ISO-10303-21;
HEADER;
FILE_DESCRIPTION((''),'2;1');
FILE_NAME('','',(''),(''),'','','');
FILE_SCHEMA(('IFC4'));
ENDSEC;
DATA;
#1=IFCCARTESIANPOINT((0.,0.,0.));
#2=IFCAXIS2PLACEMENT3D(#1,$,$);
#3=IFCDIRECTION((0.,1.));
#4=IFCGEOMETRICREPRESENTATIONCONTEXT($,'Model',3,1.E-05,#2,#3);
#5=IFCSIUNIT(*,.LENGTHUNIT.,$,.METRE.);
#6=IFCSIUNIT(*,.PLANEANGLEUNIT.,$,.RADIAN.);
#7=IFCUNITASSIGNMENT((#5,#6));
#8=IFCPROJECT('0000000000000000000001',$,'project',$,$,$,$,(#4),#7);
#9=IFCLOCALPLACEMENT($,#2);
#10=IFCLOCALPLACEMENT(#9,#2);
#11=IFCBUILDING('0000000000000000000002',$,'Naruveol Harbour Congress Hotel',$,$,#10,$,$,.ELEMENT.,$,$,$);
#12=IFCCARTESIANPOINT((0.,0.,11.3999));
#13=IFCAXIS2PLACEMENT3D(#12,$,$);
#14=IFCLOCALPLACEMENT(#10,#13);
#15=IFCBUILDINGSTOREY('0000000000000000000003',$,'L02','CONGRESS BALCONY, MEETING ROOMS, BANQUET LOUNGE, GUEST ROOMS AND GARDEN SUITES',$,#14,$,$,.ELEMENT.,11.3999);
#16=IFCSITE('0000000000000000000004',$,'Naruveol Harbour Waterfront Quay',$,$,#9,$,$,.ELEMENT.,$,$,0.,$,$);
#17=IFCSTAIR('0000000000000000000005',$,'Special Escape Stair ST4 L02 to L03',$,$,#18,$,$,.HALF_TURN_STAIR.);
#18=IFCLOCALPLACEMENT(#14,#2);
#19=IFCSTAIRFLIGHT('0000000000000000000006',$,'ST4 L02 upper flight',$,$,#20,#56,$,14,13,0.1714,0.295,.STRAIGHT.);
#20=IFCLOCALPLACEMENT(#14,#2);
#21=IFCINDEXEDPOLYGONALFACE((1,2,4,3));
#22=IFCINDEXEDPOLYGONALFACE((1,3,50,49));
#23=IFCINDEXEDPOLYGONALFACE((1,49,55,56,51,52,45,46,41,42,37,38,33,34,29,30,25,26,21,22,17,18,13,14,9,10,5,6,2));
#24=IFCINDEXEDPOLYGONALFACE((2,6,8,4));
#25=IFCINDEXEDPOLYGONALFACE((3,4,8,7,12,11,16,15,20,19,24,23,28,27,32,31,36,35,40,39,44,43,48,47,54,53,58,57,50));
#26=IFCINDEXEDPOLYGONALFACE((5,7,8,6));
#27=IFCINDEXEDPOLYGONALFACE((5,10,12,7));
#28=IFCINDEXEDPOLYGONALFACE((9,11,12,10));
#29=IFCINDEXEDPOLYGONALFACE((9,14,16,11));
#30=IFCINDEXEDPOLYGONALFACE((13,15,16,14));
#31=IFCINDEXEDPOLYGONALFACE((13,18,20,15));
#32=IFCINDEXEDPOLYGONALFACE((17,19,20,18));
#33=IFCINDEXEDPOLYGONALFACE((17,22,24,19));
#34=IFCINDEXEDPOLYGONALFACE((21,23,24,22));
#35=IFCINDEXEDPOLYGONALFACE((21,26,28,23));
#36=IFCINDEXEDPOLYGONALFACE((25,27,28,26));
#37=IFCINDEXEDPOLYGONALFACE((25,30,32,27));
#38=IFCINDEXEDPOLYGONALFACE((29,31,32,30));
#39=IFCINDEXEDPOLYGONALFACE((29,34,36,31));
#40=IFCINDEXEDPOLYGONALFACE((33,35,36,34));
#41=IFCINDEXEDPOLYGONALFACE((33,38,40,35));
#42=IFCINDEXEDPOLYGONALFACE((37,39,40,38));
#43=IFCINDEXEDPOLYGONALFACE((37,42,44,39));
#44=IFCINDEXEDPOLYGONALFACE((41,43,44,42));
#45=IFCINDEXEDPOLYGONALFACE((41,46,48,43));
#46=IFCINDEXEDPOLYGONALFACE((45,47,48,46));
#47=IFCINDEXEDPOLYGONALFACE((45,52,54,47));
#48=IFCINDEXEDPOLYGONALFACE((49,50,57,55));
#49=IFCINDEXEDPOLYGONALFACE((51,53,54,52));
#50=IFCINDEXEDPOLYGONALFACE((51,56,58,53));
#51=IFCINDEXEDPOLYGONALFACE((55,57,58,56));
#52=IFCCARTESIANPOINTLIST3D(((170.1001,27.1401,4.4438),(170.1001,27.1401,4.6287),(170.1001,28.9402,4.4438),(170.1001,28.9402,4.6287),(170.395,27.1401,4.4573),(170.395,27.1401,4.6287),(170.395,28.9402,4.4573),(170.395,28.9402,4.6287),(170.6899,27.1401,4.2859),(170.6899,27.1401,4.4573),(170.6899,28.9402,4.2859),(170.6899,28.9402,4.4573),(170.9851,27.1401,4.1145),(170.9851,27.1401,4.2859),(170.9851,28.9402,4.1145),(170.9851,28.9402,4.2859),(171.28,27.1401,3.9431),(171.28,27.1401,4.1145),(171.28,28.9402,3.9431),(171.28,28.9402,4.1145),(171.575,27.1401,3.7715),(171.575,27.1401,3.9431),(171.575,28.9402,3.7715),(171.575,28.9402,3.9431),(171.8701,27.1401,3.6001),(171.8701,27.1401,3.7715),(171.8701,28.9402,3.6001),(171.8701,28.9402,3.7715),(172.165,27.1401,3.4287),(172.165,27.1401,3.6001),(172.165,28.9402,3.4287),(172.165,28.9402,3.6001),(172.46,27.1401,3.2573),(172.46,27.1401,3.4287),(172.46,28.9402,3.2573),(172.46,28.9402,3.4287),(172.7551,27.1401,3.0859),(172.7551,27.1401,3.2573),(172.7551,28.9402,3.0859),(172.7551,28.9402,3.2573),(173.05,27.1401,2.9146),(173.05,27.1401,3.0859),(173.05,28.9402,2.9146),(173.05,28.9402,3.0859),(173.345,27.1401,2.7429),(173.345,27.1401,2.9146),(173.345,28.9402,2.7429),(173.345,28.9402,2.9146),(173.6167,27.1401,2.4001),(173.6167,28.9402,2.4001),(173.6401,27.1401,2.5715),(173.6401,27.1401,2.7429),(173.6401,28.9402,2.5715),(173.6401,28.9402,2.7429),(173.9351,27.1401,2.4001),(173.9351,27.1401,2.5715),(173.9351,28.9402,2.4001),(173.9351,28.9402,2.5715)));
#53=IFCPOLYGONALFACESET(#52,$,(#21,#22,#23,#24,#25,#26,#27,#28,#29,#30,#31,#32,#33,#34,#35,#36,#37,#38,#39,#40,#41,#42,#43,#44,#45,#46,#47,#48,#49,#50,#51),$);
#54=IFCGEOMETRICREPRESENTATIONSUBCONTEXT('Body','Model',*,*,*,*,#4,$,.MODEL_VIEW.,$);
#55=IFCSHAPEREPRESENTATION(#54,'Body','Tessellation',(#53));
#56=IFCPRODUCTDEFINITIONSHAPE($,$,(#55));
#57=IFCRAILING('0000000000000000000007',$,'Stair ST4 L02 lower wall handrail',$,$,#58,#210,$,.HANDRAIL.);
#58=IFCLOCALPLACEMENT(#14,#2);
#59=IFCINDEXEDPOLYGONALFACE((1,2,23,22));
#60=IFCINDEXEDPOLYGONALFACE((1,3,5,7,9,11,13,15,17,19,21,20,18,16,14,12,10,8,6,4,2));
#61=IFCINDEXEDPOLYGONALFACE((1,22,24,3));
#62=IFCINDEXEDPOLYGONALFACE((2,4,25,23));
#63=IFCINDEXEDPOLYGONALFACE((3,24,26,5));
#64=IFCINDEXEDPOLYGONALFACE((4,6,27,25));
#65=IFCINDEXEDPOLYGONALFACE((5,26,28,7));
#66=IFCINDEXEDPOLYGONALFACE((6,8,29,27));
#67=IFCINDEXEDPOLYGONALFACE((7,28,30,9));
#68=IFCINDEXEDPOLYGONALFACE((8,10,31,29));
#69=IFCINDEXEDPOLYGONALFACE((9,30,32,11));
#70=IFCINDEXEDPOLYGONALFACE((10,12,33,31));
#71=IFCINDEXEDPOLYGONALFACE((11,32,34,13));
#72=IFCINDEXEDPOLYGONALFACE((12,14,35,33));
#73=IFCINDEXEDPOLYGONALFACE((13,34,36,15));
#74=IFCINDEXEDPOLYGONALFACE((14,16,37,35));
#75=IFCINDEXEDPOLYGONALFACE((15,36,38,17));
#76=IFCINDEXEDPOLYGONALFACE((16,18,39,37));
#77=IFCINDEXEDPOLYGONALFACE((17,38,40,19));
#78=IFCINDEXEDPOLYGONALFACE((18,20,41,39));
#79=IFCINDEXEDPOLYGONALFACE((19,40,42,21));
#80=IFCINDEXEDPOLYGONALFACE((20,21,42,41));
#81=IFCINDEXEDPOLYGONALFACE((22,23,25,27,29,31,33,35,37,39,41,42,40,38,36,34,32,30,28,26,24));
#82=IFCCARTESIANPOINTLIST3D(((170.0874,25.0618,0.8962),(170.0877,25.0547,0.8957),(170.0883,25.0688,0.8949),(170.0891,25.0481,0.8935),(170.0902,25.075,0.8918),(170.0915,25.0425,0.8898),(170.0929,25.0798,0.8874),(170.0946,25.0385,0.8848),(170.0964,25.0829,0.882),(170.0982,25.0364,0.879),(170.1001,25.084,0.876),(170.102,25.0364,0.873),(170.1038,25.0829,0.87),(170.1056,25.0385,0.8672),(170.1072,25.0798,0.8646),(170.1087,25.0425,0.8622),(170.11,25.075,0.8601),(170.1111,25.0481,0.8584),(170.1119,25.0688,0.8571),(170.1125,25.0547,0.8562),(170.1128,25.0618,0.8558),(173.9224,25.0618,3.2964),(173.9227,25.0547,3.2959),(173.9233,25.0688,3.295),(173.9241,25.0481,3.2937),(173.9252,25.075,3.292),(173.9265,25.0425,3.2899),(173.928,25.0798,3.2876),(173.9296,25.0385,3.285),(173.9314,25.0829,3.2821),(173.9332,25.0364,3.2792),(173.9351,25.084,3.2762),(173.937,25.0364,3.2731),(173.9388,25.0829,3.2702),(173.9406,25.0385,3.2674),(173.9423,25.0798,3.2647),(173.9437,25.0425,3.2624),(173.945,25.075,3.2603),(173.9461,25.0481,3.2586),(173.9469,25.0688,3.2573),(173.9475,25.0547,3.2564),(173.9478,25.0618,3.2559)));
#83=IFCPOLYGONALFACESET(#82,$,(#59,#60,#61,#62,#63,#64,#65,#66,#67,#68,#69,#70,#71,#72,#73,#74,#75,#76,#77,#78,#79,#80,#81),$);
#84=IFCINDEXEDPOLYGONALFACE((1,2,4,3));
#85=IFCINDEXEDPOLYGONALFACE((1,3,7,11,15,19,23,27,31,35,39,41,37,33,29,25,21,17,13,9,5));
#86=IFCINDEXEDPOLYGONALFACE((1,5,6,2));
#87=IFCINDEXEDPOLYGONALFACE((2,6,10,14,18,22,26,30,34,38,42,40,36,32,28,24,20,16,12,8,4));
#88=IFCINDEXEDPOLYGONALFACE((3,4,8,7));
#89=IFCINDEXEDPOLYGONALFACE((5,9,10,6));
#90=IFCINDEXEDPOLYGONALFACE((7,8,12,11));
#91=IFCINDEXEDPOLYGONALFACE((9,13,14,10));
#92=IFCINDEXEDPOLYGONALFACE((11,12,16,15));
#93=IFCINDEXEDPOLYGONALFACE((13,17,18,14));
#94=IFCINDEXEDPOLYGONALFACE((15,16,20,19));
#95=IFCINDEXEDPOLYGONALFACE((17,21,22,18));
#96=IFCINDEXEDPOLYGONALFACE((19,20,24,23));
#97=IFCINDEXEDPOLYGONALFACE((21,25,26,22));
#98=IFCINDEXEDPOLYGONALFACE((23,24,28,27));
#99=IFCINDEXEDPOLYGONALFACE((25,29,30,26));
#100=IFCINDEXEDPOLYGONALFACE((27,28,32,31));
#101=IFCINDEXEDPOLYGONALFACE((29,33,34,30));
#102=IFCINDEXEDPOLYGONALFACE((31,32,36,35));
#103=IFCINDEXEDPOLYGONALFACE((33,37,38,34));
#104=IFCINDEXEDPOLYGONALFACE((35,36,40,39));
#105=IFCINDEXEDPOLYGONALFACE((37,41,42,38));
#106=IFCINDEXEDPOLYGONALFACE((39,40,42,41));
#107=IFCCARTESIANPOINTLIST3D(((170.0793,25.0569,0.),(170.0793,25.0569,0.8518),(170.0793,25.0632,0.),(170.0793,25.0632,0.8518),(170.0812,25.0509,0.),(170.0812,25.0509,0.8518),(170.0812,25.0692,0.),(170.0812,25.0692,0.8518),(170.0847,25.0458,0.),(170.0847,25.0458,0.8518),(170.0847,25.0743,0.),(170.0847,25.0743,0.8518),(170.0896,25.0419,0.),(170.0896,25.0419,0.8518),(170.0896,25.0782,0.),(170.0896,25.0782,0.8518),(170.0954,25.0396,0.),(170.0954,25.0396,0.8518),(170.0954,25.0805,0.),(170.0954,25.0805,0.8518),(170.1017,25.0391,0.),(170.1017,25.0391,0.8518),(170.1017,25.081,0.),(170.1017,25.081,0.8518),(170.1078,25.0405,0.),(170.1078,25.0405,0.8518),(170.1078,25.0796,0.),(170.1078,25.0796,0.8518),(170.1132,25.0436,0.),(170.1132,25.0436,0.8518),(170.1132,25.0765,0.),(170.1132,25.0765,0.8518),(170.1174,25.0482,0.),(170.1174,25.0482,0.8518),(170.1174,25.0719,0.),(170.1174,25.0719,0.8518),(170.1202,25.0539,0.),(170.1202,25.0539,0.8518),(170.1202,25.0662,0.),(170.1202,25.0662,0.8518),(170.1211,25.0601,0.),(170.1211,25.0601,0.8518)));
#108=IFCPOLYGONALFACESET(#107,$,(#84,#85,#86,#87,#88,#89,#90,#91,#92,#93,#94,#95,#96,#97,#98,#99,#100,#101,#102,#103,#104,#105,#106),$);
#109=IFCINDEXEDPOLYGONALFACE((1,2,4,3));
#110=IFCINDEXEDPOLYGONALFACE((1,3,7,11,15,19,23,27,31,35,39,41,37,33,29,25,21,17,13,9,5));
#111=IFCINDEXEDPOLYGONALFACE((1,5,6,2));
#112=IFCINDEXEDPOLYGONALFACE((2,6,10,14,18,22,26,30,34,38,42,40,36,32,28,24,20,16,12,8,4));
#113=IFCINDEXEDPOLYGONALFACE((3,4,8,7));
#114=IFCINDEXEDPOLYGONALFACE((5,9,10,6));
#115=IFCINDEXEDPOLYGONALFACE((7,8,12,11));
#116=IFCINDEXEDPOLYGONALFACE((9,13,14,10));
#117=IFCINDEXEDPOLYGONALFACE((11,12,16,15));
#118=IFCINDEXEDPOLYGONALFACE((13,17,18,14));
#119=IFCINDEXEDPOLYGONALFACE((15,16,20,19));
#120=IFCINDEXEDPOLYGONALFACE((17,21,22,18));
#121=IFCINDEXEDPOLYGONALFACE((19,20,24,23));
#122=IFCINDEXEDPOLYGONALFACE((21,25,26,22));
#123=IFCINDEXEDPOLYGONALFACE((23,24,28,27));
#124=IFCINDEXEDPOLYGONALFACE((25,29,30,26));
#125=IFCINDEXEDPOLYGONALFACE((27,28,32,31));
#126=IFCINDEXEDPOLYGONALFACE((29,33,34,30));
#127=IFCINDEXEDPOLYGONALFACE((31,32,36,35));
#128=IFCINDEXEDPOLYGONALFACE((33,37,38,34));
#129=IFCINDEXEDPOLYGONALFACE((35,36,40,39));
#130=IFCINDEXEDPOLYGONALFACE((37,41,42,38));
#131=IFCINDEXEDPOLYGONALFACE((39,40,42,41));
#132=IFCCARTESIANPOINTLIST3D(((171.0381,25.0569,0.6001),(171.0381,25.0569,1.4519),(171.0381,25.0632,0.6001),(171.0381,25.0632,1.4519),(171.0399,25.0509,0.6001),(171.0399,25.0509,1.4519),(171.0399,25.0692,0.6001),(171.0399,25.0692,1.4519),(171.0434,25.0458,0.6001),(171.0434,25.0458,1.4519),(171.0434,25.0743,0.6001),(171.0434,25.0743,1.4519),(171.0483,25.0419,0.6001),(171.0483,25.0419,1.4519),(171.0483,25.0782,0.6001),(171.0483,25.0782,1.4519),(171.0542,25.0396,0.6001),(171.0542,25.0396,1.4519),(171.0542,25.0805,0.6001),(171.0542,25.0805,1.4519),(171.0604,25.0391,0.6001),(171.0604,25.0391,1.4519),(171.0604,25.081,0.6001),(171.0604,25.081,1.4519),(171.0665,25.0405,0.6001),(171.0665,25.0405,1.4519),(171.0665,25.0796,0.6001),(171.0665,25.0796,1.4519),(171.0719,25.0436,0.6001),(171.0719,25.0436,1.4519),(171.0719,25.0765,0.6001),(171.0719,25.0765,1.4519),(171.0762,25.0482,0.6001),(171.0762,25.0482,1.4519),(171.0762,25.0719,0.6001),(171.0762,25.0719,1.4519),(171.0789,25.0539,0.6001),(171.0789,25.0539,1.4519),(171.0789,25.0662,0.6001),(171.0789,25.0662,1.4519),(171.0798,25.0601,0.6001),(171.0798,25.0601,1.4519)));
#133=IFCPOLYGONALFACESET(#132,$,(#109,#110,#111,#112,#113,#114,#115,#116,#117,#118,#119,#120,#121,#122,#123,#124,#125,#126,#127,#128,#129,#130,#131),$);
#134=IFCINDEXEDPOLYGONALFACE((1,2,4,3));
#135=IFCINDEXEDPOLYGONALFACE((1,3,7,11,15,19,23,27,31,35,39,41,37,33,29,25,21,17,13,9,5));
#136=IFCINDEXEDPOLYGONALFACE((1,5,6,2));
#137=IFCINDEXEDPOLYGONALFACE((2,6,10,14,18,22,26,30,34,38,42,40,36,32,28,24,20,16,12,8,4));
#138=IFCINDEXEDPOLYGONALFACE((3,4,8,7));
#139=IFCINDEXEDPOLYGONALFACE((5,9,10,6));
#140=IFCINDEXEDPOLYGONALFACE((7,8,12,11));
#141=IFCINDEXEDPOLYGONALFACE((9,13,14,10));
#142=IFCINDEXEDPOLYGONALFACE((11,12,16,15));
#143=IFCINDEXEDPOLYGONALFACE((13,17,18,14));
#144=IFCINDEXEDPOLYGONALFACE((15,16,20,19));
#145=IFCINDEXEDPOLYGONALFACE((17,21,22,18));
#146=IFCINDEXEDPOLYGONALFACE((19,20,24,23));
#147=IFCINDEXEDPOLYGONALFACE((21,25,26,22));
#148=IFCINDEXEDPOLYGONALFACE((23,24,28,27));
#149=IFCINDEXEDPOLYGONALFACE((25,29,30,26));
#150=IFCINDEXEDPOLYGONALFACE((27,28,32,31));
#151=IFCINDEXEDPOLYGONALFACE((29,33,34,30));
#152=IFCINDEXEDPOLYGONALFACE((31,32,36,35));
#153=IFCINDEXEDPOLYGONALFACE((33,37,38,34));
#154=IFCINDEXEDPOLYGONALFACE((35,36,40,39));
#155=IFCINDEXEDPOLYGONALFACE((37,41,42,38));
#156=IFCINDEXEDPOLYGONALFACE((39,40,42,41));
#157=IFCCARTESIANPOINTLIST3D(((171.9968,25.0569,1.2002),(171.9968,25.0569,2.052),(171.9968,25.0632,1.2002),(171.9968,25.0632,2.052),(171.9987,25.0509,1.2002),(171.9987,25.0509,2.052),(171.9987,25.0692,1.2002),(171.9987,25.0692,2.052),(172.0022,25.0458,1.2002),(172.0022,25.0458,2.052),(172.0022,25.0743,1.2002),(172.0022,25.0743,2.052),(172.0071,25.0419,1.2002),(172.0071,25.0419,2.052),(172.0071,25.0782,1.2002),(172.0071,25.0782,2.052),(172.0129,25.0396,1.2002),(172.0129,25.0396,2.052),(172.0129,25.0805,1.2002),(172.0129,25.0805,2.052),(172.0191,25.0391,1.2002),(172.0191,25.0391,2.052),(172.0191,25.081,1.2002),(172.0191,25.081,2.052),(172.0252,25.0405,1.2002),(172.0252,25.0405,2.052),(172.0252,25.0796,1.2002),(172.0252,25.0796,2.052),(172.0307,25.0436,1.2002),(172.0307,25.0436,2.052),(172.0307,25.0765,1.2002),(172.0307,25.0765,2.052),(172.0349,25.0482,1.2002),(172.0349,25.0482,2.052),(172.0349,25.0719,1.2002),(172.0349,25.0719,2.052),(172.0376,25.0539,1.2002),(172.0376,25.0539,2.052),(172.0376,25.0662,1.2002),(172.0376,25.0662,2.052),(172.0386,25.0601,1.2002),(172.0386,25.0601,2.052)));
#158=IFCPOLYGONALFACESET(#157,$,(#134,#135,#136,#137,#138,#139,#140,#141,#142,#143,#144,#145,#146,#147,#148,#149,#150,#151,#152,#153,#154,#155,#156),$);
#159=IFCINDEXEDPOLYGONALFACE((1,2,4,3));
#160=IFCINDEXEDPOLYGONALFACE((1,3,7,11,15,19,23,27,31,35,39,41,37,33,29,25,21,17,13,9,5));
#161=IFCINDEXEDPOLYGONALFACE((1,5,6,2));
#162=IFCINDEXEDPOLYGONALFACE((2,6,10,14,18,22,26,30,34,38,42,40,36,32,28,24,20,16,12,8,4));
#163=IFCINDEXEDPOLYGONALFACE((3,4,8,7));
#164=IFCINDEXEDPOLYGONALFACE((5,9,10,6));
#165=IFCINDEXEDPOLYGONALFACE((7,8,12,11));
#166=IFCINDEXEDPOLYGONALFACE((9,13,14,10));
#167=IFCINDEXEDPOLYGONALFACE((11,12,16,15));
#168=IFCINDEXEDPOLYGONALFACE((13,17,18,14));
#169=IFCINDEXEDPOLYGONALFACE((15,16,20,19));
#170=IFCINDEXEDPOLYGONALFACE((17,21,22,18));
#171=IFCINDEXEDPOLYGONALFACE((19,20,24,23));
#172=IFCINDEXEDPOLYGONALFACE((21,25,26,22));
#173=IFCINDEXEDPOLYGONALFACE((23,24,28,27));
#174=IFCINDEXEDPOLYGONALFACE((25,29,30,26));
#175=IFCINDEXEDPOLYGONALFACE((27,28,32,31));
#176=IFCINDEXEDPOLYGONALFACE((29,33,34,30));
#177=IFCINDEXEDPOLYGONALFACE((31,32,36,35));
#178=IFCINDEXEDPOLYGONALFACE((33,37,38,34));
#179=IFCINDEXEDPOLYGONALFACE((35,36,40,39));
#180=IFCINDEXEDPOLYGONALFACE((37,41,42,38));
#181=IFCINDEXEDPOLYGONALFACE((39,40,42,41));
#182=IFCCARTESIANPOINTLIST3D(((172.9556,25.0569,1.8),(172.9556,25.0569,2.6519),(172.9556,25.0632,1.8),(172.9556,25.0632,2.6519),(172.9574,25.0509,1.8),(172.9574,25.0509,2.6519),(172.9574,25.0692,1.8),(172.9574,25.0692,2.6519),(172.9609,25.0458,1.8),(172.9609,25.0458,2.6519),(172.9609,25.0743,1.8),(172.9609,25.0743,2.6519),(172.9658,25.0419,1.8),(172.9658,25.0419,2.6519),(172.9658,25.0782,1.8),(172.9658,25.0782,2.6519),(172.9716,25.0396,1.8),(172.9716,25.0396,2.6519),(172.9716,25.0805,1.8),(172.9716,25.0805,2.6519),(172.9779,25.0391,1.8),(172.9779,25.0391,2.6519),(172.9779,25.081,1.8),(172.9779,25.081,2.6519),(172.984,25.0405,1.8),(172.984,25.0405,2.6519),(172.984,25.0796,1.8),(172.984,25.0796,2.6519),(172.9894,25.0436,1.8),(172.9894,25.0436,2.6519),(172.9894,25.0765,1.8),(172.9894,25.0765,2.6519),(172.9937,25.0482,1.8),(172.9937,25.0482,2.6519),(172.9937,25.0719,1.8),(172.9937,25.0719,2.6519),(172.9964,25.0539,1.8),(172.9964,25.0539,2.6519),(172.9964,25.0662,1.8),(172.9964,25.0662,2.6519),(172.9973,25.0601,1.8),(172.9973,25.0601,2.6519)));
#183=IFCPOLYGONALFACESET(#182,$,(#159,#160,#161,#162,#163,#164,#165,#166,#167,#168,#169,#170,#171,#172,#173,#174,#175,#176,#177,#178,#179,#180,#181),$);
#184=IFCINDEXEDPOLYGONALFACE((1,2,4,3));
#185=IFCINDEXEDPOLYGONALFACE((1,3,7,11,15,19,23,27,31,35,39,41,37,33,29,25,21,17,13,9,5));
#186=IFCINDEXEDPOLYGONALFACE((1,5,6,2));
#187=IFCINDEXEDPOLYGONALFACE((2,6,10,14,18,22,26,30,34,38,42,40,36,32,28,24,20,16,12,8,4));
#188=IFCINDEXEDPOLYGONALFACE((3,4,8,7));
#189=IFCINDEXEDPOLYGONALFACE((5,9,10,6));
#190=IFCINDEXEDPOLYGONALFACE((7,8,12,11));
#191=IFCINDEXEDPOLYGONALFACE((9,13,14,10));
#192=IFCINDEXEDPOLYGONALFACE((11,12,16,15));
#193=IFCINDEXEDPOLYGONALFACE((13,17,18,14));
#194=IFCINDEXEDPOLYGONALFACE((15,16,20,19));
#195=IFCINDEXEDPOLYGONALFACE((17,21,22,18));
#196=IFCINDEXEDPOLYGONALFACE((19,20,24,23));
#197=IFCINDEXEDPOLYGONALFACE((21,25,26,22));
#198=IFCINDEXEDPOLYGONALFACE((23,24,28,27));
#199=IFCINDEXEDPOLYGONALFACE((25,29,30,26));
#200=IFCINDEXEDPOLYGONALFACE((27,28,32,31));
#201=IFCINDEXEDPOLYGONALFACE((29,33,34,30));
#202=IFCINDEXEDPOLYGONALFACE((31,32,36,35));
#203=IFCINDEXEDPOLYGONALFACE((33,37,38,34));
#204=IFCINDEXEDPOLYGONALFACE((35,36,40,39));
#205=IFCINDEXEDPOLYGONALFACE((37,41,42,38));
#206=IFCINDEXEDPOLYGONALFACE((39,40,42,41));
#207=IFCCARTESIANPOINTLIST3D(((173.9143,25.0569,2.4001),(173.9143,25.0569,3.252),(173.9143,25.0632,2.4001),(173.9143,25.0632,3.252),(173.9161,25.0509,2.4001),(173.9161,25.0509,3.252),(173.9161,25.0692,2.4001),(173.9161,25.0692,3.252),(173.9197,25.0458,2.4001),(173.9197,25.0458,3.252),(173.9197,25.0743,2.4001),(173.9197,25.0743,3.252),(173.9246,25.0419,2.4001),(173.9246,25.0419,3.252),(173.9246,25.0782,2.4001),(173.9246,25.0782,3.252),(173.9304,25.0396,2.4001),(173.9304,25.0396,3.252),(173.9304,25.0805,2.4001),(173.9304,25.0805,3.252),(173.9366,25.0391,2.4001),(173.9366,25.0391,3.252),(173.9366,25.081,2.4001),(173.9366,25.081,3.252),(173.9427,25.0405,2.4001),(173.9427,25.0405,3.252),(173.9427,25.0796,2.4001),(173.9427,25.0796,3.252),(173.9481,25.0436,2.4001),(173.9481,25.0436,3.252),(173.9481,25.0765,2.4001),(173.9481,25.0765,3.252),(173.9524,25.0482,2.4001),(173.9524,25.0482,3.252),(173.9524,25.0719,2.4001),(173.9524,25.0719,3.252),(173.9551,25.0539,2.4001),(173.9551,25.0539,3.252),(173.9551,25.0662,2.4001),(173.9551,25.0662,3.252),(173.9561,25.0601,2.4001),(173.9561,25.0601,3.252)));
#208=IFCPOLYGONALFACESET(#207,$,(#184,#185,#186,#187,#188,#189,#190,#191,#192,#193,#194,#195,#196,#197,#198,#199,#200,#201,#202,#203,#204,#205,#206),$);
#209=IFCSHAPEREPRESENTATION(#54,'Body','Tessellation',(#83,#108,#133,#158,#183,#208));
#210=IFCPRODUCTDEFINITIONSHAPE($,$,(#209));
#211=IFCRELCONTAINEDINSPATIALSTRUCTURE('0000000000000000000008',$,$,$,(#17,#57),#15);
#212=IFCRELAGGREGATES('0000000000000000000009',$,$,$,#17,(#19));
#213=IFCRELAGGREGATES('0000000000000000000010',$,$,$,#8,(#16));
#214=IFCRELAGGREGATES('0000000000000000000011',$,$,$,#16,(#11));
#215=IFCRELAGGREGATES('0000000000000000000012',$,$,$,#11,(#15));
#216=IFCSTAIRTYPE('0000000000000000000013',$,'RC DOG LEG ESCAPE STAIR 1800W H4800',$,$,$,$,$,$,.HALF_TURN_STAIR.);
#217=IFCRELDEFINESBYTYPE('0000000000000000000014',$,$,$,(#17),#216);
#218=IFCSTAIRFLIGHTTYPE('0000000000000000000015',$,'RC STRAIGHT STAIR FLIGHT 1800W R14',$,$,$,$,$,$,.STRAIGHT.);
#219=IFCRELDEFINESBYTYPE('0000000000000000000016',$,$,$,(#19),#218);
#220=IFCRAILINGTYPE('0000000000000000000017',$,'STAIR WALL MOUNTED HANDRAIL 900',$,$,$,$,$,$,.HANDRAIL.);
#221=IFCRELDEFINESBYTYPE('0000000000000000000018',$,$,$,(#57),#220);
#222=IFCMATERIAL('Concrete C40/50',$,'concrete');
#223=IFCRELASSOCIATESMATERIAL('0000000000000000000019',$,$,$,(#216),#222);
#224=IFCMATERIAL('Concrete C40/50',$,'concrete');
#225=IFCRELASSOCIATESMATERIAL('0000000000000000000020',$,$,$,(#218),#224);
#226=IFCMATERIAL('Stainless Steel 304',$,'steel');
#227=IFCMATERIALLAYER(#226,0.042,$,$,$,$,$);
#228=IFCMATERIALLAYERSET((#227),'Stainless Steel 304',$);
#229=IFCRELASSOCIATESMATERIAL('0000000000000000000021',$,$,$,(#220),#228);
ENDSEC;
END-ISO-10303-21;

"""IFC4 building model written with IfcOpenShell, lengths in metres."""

from ifc_helpers import new_model, si_unit, direction, frame, origin, origin_2d, place, context, subcontext, project, spatial, polyline, circle, outline, extrude, material, layer, layer_set, type_object, element, aggregate, save


model = new_model("IFC4")

# Units and contexts
model_context = context("Model", 3, precision=1e-05, world=origin(), true_north=direction((0.0, 1.0)))
body_context = subcontext(model_context, "Body", "Model", "MODEL_VIEW")
ifc_project = project(units=[si_unit("LENGTHUNIT", "METRE"), si_unit("PLANEANGLEUNIT", "RADIAN")], contexts=[model_context])

# Site, building, storey
site_placement = place(None, origin())
site = spatial("IfcSite", under=ifc_project, at=site_placement, Name="Naruveol Harbour Waterfront Quay", CompositionType="ELEMENT", RefElevation=0.0)
building_placement = place(site_placement, origin())
building = spatial("IfcBuilding", under=site, at=building_placement, Name="Naruveol Harbour Congress Hotel", CompositionType="ELEMENT")
storey_placement = place(building_placement, frame((0.0, 0.0, 11.3999)))
storey = spatial("IfcBuildingStorey", under=building, at=storey_placement, Name="L02", Description="CONGRESS BALCONY, MEETING ROOMS, BANQUET LOUNGE, GUEST ROOMS AND GARDEN SUITES", CompositionType="ELEMENT", Elevation=11.3999)

# Stair, stair flight
ifc_material_1 = material(Name="Concrete C40/50", Category="concrete")
stair_type = type_object("IfcStairType", Name="RC DOG LEG ESCAPE STAIR 1800W H4800", PredefinedType="HALF_TURN_STAIR", material=ifc_material_1)
stair_placement = place(storey_placement, origin())
stair = element("IfcStair", 1, at=stair_placement, inside=storey, type_object=stair_type, Name="Special Escape Stair ST4 L02 to L03", PredefinedType="HALF_TURN_STAIR")
ifc_material_2 = material(Name="Concrete C40/50", Category="concrete")
stair_flight_type = type_object("IfcStairFlightType", Name="RC STRAIGHT STAIR FLIGHT 1800W R14", PredefinedType="STRAIGHT", material=ifc_material_2)
stair_flight_1_placement = place(storey_placement, frame((173.9351, 28.04, 2.4001), z_axis=(0.0, 0.0, 1.0), x_axis=(-1.0, 0.0, 0.0)))
stair_flight_1 = element("IfcStairFlight", 2, at=stair_flight_1_placement, type_object=stair_flight_type, Name="ST4 L02 upper flight", NumberOfRisers=14, NumberOfTreads=13, PredefinedType="STRAIGHT", RiserHeight=0.1714, TreadLength=0.295, context=body_context, shape_type="SweptSolid", body=[
    extrude(outline(polyline([(0.0, 0.0), (0.0, 0.1714), (0.2949, 0.1714), (0.2949, 0.3428), (0.5901, 0.3428), (0.5901, 0.5144), (0.885, 0.5144), (0.885, 0.6858), (1.1799, 0.6858), (1.1799, 0.8572), (1.4751, 0.8572), (1.4751, 1.0286), (1.77, 1.0286), (1.77, 1.2), (2.0649, 1.2), (2.0649, 1.3713), (2.3601, 1.3713), (2.3601, 1.543), (2.655, 1.543), (2.655, 1.7144), (2.95, 1.7144), (2.95, 1.8857), (3.2451, 1.8857), (3.2451, 2.0571), (3.54, 2.0571), (3.54, 2.2285), (3.835, 2.2285), (3.835, 2.3999), (3.835, 2.0437), (0.3184, 0.0), (0.0, 0.0)])), frame((0.0, 0.8999, 0.0), z_axis=(0.0, -1.0, 0.0), x_axis=(1.0, 0.0, 0.0)), (0.0, 0.0, 1.0), 1.8),
])
aggregate(stair, [stair_flight_1])

# Railing
ifc_material_3 = material(Name="Stainless Steel 304", Category="steel")
ifc_layer_1 = layer(ifc_material_3, 0.042)
ifc_layer_set_1 = layer_set([ifc_layer_1], Name="Stainless Steel 304")
railing_type_1 = type_object("IfcRailingType", Name="STAIR WALL MOUNTED HANDRAIL 900", PredefinedType="HANDRAIL", material=ifc_layer_set_1)
railing_1_placement = place(storey_placement, frame((170.1001, 25.0601, 0.0)))
element("IfcRailing", 3, at=railing_1_placement, inside=storey, type_object=railing_type_1, Name="Stair ST4 L02 lower wall handrail", PredefinedType="HANDRAIL", context=body_context, shape_type="SweptSolid", body=[
    extrude(circle(Radius=0.0239, at=origin_2d()), frame((0.0, 0.0, 0.876), z_axis=(0.847671, 0.0, 0.530523), x_axis=(0.0, 1.0, 0.0)), (0.0, 0.0, 1.0), 4.5242),
    extrude(circle(Radius=0.021, at=origin_2d()), origin(), (0.0, 0.0, 1.0), 0.8518),
    extrude(circle(Radius=0.021, at=origin_2d()), frame((0.9587, 0.0, 0.6001)), (0.0, 0.0, 1.0), 0.8518),
    extrude(circle(Radius=0.021, at=origin_2d()), frame((1.9175, 0.0, 1.2002)), (0.0, 0.0, 1.0), 0.8518),
    extrude(circle(Radius=0.021, at=origin_2d()), frame((2.8762, 0.0, 1.8)), (0.0, 0.0, 1.0), 0.8518),
    extrude(circle(Radius=0.021, at=origin_2d()), frame((3.835, 0.0, 2.4001)), (0.0, 0.0, 1.0), 0.8518),
])

save(model, "model.ifc")
